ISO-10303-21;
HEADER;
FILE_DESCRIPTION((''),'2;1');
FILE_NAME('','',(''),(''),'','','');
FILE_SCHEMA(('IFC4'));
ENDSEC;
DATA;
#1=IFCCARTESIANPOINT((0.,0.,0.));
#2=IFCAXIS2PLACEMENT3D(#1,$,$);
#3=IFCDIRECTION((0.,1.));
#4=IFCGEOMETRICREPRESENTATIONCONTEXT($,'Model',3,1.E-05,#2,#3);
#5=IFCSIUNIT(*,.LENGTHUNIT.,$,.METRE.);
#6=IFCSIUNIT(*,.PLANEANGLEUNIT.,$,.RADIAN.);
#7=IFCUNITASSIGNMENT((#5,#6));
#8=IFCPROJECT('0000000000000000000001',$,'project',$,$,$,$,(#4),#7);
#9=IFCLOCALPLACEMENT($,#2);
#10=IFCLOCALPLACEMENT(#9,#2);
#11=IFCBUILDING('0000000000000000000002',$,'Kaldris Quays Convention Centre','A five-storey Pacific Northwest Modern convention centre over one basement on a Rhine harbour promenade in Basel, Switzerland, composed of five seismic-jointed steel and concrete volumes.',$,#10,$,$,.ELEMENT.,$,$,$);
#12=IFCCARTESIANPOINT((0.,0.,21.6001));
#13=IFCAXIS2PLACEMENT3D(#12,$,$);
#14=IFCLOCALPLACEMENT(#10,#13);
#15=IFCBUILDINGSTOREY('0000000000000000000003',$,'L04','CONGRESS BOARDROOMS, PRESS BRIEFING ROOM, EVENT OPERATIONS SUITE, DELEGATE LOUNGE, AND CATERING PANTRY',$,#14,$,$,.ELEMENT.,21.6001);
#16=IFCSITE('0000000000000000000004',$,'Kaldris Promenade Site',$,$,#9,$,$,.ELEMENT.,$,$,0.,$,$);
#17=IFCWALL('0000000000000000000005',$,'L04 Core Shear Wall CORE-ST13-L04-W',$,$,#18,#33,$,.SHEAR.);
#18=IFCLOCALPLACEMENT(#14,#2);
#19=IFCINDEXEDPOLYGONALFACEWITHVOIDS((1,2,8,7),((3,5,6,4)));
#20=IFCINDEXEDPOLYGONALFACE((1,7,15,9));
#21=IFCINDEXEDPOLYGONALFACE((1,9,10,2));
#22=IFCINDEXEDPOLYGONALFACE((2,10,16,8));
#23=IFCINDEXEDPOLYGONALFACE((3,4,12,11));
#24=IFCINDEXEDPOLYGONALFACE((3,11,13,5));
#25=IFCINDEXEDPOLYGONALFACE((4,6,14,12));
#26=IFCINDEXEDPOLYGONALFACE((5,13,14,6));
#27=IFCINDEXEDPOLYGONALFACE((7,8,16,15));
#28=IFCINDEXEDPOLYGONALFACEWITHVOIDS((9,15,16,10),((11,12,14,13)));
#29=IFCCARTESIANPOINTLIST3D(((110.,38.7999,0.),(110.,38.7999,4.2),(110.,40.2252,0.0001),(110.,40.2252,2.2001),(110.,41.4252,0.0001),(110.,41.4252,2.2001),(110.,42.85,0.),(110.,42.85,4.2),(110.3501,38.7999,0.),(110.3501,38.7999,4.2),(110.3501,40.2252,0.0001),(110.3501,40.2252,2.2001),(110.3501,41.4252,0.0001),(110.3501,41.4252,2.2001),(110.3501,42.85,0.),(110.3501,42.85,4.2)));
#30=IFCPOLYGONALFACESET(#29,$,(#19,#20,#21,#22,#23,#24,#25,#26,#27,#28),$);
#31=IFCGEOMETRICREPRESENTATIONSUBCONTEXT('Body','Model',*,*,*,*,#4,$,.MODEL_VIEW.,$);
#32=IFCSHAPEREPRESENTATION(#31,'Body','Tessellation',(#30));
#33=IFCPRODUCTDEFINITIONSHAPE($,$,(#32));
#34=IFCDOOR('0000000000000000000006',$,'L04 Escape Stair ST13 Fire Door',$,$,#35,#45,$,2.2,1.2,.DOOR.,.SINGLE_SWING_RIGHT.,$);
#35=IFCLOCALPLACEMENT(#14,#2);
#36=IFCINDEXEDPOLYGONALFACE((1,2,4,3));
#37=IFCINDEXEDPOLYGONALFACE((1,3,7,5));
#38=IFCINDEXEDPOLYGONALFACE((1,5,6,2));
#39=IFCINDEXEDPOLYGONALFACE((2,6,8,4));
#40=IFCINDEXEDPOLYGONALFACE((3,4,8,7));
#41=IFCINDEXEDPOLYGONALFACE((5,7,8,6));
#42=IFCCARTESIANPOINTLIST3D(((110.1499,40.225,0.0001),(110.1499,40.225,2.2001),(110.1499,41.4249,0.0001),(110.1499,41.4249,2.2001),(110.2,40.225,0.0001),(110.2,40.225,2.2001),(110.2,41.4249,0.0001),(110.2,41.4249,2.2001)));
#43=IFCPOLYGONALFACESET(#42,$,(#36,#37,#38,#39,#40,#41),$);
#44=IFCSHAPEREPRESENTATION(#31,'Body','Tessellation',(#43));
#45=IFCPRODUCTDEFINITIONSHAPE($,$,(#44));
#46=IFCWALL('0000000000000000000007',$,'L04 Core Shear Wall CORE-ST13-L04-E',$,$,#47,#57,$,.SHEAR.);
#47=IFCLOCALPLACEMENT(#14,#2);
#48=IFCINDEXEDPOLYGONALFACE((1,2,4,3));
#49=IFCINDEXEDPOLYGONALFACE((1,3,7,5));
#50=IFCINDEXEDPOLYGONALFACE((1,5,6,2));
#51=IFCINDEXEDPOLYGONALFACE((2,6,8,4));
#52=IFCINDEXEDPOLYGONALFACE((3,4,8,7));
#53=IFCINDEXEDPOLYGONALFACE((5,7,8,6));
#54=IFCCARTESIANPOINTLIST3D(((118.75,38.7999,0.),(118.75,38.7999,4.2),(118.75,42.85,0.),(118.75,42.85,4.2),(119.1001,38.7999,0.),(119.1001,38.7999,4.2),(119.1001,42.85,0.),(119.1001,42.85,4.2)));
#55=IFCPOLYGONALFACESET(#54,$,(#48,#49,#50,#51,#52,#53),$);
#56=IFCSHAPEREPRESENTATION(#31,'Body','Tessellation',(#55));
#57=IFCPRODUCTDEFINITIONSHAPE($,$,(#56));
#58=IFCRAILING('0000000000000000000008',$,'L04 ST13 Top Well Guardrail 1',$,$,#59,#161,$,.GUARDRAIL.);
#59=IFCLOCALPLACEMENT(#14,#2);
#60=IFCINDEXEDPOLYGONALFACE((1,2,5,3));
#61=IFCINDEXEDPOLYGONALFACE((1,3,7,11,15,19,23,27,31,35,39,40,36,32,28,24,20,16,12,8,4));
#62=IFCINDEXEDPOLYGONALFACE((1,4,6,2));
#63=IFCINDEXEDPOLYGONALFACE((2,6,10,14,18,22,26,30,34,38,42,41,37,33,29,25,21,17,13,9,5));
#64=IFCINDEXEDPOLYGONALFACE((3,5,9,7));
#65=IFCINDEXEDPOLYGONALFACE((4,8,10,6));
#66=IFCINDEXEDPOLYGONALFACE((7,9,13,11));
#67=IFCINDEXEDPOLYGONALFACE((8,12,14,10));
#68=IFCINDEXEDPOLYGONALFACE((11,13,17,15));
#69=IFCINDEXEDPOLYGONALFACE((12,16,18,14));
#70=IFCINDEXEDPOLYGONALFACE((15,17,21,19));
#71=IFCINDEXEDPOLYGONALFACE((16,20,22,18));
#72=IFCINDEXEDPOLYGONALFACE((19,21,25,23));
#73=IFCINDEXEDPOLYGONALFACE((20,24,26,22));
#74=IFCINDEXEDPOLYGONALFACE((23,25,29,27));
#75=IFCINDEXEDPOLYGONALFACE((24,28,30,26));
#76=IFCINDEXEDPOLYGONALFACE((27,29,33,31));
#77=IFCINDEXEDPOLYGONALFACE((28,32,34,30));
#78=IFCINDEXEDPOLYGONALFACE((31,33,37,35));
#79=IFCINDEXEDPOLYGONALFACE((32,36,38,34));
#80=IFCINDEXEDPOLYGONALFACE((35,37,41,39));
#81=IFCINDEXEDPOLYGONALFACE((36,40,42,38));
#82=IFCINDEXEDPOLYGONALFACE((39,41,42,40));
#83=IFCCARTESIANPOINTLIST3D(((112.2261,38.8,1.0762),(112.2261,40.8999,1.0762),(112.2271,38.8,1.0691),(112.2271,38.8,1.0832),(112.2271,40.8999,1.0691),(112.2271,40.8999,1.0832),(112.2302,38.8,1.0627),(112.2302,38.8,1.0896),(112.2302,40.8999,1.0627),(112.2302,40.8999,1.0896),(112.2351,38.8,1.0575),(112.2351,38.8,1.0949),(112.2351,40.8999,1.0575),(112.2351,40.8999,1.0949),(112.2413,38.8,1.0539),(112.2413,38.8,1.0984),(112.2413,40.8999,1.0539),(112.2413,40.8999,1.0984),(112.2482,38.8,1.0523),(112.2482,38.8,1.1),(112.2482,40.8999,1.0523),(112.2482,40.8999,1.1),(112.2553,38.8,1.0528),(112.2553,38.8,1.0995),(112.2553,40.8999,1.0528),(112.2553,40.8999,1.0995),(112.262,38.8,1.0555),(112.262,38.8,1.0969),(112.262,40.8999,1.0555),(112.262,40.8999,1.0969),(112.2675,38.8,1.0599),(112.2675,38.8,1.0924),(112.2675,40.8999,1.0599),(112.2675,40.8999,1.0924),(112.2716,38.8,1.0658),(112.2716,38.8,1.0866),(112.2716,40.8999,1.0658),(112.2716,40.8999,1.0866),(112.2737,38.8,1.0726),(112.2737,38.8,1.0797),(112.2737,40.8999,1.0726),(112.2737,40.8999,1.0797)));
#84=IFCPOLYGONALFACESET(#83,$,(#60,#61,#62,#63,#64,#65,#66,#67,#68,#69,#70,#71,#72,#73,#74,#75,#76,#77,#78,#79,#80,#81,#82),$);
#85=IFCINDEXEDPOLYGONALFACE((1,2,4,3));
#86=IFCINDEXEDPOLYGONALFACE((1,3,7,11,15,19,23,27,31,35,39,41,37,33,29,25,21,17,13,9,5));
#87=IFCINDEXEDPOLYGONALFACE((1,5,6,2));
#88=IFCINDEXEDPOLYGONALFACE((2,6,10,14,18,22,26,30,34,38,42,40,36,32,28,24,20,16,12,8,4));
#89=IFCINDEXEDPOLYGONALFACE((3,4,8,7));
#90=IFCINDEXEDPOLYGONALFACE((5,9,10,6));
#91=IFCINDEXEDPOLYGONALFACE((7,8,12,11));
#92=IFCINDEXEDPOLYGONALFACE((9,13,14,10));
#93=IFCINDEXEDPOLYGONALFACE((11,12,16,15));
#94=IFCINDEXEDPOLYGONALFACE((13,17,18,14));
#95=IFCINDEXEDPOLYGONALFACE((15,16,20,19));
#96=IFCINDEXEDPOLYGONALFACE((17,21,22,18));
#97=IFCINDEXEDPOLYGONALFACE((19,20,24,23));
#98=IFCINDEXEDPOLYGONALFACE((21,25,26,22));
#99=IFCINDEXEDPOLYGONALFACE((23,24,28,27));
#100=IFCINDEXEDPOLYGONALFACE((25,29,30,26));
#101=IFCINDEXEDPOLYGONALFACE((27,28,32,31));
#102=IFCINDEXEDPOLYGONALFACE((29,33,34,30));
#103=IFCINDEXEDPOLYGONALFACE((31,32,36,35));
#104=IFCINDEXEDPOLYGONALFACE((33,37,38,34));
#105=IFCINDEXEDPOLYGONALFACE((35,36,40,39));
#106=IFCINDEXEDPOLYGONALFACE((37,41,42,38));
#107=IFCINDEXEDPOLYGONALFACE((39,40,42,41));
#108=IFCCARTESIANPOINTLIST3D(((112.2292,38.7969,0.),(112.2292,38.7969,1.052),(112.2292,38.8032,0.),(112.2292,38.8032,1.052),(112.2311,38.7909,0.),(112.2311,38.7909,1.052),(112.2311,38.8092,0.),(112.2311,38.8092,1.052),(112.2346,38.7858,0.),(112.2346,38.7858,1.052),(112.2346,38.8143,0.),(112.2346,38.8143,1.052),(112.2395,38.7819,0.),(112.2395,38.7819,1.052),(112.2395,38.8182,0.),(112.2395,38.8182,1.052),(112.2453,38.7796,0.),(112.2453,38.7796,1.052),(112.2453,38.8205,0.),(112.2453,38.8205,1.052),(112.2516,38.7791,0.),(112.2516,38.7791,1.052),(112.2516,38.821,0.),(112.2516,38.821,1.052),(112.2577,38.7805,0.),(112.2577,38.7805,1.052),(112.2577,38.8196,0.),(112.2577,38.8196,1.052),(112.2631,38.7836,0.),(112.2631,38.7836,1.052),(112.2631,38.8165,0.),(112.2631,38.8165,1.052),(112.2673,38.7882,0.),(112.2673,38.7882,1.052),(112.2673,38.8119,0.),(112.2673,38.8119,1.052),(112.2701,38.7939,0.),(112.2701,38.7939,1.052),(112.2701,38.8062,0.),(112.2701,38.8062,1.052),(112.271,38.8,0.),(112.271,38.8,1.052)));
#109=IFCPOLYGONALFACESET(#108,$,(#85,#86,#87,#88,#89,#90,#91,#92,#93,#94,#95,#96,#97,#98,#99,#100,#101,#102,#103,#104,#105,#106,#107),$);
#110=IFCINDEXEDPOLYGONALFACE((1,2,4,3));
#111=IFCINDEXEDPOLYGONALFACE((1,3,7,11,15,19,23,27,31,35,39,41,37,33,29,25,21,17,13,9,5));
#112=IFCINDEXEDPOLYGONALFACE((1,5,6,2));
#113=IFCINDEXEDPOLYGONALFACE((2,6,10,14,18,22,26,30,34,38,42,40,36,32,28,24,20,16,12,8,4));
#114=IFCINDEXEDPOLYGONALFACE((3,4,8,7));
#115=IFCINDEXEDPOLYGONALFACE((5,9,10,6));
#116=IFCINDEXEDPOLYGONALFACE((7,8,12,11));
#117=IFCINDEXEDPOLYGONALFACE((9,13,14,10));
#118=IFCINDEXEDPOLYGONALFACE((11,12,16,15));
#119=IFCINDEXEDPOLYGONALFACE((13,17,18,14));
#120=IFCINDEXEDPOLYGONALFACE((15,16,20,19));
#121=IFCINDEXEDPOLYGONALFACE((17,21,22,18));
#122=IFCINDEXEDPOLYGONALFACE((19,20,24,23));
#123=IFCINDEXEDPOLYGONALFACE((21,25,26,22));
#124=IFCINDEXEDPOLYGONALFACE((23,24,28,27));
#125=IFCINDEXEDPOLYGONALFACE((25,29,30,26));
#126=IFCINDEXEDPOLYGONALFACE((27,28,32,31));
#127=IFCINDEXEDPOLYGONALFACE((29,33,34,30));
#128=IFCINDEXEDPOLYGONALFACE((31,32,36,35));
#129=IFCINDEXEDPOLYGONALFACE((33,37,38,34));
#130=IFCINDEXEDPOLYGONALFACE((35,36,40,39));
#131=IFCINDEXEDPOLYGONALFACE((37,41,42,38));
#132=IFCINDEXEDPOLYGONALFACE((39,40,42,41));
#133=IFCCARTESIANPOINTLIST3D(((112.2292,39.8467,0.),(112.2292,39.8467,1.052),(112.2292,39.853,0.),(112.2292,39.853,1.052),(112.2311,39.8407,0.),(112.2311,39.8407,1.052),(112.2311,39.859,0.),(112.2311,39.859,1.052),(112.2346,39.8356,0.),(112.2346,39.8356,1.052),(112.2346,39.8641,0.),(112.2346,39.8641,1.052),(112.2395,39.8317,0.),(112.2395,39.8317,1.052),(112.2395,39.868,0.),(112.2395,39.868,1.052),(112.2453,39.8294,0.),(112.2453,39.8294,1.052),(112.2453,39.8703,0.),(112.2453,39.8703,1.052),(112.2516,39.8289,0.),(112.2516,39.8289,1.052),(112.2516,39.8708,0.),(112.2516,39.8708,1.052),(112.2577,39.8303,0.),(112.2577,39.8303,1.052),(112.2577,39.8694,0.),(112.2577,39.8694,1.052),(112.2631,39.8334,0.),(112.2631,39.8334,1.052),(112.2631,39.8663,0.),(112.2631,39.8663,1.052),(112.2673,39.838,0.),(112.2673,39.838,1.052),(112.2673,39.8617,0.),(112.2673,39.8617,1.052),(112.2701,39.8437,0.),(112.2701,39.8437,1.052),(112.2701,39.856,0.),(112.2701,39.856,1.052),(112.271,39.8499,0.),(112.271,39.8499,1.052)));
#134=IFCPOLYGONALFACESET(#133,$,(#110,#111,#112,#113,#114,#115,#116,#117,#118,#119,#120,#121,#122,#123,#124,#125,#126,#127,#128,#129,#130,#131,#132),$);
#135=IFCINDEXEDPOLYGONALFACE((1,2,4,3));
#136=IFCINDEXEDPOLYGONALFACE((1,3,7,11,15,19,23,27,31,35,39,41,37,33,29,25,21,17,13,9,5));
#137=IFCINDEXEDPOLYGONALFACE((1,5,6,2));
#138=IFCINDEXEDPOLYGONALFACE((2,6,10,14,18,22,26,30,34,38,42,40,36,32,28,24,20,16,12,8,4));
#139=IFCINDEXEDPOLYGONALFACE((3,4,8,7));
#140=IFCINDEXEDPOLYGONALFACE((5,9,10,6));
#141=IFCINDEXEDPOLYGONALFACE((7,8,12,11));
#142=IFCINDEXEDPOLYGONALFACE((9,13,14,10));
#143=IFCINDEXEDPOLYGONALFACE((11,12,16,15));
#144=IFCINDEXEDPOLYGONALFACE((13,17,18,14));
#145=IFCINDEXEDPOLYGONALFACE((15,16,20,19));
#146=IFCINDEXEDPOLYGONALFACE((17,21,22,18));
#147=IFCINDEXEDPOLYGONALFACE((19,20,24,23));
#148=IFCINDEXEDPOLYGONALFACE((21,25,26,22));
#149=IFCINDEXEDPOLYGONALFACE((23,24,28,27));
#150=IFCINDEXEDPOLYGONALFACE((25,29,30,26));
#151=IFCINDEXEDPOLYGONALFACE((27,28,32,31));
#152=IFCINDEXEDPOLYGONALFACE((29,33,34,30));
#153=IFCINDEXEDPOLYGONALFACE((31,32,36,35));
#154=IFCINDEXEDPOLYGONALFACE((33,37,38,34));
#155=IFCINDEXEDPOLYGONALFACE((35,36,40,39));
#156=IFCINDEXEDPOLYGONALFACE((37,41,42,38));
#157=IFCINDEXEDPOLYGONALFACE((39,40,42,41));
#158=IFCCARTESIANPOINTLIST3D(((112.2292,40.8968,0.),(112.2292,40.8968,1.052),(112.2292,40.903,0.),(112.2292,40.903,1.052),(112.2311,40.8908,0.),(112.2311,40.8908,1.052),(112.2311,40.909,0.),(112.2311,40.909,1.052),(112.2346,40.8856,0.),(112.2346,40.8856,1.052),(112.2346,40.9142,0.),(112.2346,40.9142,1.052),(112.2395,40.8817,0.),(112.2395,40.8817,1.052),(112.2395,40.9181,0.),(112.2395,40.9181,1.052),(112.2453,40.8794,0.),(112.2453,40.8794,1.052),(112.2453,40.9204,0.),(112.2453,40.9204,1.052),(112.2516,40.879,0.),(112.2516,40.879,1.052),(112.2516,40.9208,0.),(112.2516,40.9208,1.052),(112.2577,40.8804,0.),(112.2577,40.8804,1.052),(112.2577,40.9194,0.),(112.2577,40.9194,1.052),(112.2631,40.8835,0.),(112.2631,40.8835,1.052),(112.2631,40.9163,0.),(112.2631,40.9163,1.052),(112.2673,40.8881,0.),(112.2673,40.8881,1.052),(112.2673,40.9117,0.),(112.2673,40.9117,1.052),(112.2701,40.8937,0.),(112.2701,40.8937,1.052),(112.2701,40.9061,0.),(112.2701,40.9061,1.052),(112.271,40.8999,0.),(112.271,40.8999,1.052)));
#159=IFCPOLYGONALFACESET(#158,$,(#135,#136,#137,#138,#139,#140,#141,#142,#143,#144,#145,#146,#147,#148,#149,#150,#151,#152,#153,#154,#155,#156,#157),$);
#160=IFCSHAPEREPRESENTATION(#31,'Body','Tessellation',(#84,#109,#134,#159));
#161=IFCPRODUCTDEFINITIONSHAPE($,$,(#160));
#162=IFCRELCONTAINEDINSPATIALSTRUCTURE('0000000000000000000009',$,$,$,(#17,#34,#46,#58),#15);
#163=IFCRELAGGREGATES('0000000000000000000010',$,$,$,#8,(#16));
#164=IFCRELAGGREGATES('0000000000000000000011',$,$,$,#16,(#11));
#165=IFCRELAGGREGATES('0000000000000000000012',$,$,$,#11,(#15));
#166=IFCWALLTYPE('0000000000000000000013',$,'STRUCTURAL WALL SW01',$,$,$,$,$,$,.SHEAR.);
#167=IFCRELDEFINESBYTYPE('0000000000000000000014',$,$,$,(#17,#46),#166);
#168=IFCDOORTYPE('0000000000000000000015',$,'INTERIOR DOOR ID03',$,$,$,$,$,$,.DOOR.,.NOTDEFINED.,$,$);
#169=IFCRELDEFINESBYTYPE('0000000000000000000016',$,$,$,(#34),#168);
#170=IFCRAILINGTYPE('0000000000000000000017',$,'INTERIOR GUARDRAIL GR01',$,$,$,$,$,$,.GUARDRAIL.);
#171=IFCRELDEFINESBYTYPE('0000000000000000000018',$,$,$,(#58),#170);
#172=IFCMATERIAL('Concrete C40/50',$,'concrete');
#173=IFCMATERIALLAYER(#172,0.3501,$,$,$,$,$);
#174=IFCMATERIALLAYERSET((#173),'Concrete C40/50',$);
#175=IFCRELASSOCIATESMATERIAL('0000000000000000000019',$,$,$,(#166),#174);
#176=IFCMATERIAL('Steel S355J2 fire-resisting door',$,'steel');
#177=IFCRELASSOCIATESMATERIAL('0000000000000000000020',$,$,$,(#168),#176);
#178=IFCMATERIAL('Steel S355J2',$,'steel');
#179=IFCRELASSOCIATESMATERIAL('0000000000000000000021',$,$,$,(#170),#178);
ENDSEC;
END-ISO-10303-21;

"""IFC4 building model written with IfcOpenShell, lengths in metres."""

from ifc_helpers import new_model, si_unit, direction, frame, frame_2d, origin, origin_2d, place, context, subcontext, project, spatial, rectangle, circle, extrude, material, layer, layer_set, type_object, element, fill, save


model = new_model("IFC4")

# Units and contexts
model_context = context("Model", 3, precision=1e-05, world=origin(), true_north=direction((0.0, 1.0)))
body_context = subcontext(model_context, "Body", "Model", "MODEL_VIEW")
ifc_project = project(units=[si_unit("LENGTHUNIT", "METRE"), si_unit("PLANEANGLEUNIT", "RADIAN")], contexts=[model_context])

# Site, building, storey
site_placement = place(None, origin())
site = spatial("IfcSite", under=ifc_project, at=site_placement, Name="Kaldris Promenade Site", CompositionType="ELEMENT", RefElevation=0.0)
building_placement = place(site_placement, origin())
building = spatial("IfcBuilding", under=site, at=building_placement, Name="Kaldris Quays Convention Centre", Description="A five-storey Pacific Northwest Modern convention centre over one basement on a Rhine harbour promenade in Basel, Switzerland, composed of five seismic-jointed steel and concrete volumes.", CompositionType="ELEMENT")
storey_placement = place(building_placement, frame((0.0, 0.0, 21.6001)))
storey = spatial("IfcBuildingStorey", under=building, at=storey_placement, Name="L04", Description="CONGRESS BOARDROOMS, PRESS BRIEFING ROOM, EVENT OPERATIONS SUITE, DELEGATE LOUNGE, AND CATERING PANTRY", CompositionType="ELEMENT", Elevation=21.6001)

# Shared definitions
ifc_material_1 = material(Name="Steel S355J2", Category="steel")

# Shared definitions
ifc_material_2 = material(Name="Concrete C40/50", Category="concrete")
ifc_layer_1 = layer(ifc_material_2, 0.3501)
ifc_layer_set_1 = layer_set([ifc_layer_1], Name="Concrete C40/50")
wall_type_1 = type_object("IfcWallType", Name="STRUCTURAL WALL SW01", PredefinedType="SHEAR", material=ifc_layer_set_1)

# Wall, opening, door
wall_1_placement = place(storey_placement, frame((110.175, 38.8, 0.0), z_axis=(0.0, 0.0, 1.0), x_axis=(0.0, 1.0, 0.0)))
wall_1 = element("IfcWall", 1, at=wall_1_placement, inside=storey, type_object=wall_type_1, Name="L04 Core Shear Wall CORE-ST13-L04-W", PredefinedType="SHEAR", context=body_context, shape_type="SweptSolid", body=[
    extrude(rectangle(XDim=4.05, YDim=0.3501, at=frame_2d((2.0249, 0.0))), origin(), (0.0, 0.0, 1.0), 4.2),
])
opening_1_placement = place(wall_1_placement, frame((1.425, 0.0, 0.0)))
opening_1 = element("IfcOpeningElement", 2, at=opening_1_placement, cuts=wall_1, PredefinedType="OPENING", context=body_context, shape_type="SweptSolid", body=[
    extrude(rectangle(XDim=1.2, YDim=2.2, at=frame_2d((0.6001, 1.1001))), frame((0.0, 0.1851, 0.0), z_axis=(0.0, -1.0, 0.0), x_axis=(1.0, 0.0, 0.0)), (0.0, 0.0, 1.0), 0.3701),
])
ifc_material_3 = material(Name="Steel S355J2 fire-resisting door", Category="steel")
door_type_1 = type_object("IfcDoorType", Name="INTERIOR DOOR ID03", OperationType="NOTDEFINED", PredefinedType="DOOR", material=ifc_material_3)
door_1_placement = place(opening_1_placement, frame((1.2, 0.0, 0.0), z_axis=(0.0, 0.0, 1.0), x_axis=(-1.0, 0.0, 0.0)))
door_1 = element("IfcDoor", 3, at=door_1_placement, inside=storey, type_object=door_type_1, Name="L04 Escape Stair ST13 Fire Door", OperationType="SINGLE_SWING_RIGHT", OverallHeight=2.2, OverallWidth=1.2, PredefinedType="DOOR", context=body_context, shape_type="SweptSolid", body=[
    extrude(rectangle(XDim=1.2, YDim=2.2, at=frame_2d((0.6001, 1.1001))), frame((0.0, 0.0249, 0.0), z_axis=(0.0, -1.0, 0.0), x_axis=(1.0, 0.0, 0.0)), (0.0, 0.0, 1.0), 0.05),
])
fill(opening_1, door_1)

# Wall
wall_2_placement = place(storey_placement, frame((118.925, 38.8, 0.0), z_axis=(0.0, 0.0, 1.0), x_axis=(0.0, 1.0, 0.0)))
element("IfcWall", 4, at=wall_2_placement, inside=storey, type_object=wall_type_1, Name="L04 Core Shear Wall CORE-ST13-L04-E", PredefinedType="SHEAR", context=body_context, shape_type="SweptSolid", body=[
    extrude(rectangle(XDim=4.05, YDim=0.3501, at=frame_2d((2.0249, 0.0))), origin(), (0.0, 0.0, 1.0), 4.2),
])

# Railing
railing_type = type_object("IfcRailingType", Name="INTERIOR GUARDRAIL GR01", PredefinedType="GUARDRAIL", material=ifc_material_1)
railing_placement = place(storey_placement, frame((112.25, 38.8, 0.0)))
element("IfcRailing", 5, at=railing_placement, inside=storey, type_object=railing_type, Name="L04 ST13 Top Well Guardrail 1", PredefinedType="GUARDRAIL", context=body_context, shape_type="SweptSolid", body=[
    extrude(circle(Radius=0.0239, at=origin_2d()), frame((0.0, 0.0, 1.0762), z_axis=(0.0, 1.0, 0.0), x_axis=(-1.0, 0.0, 0.0)), (0.0, 0.0, 1.0), 2.0999),
    extrude(circle(Radius=0.021, at=origin_2d()), origin(), (0.0, 0.0, 1.0), 1.052),
    extrude(circle(Radius=0.021, at=origin_2d()), frame((0.0, 1.0498, 0.0)), (0.0, 0.0, 1.0), 1.052),
    extrude(circle(Radius=0.021, at=origin_2d()), frame((0.0, 2.0999, 0.0)), (0.0, 0.0, 1.0), 1.052),
])

save(model, "model.ifc")
